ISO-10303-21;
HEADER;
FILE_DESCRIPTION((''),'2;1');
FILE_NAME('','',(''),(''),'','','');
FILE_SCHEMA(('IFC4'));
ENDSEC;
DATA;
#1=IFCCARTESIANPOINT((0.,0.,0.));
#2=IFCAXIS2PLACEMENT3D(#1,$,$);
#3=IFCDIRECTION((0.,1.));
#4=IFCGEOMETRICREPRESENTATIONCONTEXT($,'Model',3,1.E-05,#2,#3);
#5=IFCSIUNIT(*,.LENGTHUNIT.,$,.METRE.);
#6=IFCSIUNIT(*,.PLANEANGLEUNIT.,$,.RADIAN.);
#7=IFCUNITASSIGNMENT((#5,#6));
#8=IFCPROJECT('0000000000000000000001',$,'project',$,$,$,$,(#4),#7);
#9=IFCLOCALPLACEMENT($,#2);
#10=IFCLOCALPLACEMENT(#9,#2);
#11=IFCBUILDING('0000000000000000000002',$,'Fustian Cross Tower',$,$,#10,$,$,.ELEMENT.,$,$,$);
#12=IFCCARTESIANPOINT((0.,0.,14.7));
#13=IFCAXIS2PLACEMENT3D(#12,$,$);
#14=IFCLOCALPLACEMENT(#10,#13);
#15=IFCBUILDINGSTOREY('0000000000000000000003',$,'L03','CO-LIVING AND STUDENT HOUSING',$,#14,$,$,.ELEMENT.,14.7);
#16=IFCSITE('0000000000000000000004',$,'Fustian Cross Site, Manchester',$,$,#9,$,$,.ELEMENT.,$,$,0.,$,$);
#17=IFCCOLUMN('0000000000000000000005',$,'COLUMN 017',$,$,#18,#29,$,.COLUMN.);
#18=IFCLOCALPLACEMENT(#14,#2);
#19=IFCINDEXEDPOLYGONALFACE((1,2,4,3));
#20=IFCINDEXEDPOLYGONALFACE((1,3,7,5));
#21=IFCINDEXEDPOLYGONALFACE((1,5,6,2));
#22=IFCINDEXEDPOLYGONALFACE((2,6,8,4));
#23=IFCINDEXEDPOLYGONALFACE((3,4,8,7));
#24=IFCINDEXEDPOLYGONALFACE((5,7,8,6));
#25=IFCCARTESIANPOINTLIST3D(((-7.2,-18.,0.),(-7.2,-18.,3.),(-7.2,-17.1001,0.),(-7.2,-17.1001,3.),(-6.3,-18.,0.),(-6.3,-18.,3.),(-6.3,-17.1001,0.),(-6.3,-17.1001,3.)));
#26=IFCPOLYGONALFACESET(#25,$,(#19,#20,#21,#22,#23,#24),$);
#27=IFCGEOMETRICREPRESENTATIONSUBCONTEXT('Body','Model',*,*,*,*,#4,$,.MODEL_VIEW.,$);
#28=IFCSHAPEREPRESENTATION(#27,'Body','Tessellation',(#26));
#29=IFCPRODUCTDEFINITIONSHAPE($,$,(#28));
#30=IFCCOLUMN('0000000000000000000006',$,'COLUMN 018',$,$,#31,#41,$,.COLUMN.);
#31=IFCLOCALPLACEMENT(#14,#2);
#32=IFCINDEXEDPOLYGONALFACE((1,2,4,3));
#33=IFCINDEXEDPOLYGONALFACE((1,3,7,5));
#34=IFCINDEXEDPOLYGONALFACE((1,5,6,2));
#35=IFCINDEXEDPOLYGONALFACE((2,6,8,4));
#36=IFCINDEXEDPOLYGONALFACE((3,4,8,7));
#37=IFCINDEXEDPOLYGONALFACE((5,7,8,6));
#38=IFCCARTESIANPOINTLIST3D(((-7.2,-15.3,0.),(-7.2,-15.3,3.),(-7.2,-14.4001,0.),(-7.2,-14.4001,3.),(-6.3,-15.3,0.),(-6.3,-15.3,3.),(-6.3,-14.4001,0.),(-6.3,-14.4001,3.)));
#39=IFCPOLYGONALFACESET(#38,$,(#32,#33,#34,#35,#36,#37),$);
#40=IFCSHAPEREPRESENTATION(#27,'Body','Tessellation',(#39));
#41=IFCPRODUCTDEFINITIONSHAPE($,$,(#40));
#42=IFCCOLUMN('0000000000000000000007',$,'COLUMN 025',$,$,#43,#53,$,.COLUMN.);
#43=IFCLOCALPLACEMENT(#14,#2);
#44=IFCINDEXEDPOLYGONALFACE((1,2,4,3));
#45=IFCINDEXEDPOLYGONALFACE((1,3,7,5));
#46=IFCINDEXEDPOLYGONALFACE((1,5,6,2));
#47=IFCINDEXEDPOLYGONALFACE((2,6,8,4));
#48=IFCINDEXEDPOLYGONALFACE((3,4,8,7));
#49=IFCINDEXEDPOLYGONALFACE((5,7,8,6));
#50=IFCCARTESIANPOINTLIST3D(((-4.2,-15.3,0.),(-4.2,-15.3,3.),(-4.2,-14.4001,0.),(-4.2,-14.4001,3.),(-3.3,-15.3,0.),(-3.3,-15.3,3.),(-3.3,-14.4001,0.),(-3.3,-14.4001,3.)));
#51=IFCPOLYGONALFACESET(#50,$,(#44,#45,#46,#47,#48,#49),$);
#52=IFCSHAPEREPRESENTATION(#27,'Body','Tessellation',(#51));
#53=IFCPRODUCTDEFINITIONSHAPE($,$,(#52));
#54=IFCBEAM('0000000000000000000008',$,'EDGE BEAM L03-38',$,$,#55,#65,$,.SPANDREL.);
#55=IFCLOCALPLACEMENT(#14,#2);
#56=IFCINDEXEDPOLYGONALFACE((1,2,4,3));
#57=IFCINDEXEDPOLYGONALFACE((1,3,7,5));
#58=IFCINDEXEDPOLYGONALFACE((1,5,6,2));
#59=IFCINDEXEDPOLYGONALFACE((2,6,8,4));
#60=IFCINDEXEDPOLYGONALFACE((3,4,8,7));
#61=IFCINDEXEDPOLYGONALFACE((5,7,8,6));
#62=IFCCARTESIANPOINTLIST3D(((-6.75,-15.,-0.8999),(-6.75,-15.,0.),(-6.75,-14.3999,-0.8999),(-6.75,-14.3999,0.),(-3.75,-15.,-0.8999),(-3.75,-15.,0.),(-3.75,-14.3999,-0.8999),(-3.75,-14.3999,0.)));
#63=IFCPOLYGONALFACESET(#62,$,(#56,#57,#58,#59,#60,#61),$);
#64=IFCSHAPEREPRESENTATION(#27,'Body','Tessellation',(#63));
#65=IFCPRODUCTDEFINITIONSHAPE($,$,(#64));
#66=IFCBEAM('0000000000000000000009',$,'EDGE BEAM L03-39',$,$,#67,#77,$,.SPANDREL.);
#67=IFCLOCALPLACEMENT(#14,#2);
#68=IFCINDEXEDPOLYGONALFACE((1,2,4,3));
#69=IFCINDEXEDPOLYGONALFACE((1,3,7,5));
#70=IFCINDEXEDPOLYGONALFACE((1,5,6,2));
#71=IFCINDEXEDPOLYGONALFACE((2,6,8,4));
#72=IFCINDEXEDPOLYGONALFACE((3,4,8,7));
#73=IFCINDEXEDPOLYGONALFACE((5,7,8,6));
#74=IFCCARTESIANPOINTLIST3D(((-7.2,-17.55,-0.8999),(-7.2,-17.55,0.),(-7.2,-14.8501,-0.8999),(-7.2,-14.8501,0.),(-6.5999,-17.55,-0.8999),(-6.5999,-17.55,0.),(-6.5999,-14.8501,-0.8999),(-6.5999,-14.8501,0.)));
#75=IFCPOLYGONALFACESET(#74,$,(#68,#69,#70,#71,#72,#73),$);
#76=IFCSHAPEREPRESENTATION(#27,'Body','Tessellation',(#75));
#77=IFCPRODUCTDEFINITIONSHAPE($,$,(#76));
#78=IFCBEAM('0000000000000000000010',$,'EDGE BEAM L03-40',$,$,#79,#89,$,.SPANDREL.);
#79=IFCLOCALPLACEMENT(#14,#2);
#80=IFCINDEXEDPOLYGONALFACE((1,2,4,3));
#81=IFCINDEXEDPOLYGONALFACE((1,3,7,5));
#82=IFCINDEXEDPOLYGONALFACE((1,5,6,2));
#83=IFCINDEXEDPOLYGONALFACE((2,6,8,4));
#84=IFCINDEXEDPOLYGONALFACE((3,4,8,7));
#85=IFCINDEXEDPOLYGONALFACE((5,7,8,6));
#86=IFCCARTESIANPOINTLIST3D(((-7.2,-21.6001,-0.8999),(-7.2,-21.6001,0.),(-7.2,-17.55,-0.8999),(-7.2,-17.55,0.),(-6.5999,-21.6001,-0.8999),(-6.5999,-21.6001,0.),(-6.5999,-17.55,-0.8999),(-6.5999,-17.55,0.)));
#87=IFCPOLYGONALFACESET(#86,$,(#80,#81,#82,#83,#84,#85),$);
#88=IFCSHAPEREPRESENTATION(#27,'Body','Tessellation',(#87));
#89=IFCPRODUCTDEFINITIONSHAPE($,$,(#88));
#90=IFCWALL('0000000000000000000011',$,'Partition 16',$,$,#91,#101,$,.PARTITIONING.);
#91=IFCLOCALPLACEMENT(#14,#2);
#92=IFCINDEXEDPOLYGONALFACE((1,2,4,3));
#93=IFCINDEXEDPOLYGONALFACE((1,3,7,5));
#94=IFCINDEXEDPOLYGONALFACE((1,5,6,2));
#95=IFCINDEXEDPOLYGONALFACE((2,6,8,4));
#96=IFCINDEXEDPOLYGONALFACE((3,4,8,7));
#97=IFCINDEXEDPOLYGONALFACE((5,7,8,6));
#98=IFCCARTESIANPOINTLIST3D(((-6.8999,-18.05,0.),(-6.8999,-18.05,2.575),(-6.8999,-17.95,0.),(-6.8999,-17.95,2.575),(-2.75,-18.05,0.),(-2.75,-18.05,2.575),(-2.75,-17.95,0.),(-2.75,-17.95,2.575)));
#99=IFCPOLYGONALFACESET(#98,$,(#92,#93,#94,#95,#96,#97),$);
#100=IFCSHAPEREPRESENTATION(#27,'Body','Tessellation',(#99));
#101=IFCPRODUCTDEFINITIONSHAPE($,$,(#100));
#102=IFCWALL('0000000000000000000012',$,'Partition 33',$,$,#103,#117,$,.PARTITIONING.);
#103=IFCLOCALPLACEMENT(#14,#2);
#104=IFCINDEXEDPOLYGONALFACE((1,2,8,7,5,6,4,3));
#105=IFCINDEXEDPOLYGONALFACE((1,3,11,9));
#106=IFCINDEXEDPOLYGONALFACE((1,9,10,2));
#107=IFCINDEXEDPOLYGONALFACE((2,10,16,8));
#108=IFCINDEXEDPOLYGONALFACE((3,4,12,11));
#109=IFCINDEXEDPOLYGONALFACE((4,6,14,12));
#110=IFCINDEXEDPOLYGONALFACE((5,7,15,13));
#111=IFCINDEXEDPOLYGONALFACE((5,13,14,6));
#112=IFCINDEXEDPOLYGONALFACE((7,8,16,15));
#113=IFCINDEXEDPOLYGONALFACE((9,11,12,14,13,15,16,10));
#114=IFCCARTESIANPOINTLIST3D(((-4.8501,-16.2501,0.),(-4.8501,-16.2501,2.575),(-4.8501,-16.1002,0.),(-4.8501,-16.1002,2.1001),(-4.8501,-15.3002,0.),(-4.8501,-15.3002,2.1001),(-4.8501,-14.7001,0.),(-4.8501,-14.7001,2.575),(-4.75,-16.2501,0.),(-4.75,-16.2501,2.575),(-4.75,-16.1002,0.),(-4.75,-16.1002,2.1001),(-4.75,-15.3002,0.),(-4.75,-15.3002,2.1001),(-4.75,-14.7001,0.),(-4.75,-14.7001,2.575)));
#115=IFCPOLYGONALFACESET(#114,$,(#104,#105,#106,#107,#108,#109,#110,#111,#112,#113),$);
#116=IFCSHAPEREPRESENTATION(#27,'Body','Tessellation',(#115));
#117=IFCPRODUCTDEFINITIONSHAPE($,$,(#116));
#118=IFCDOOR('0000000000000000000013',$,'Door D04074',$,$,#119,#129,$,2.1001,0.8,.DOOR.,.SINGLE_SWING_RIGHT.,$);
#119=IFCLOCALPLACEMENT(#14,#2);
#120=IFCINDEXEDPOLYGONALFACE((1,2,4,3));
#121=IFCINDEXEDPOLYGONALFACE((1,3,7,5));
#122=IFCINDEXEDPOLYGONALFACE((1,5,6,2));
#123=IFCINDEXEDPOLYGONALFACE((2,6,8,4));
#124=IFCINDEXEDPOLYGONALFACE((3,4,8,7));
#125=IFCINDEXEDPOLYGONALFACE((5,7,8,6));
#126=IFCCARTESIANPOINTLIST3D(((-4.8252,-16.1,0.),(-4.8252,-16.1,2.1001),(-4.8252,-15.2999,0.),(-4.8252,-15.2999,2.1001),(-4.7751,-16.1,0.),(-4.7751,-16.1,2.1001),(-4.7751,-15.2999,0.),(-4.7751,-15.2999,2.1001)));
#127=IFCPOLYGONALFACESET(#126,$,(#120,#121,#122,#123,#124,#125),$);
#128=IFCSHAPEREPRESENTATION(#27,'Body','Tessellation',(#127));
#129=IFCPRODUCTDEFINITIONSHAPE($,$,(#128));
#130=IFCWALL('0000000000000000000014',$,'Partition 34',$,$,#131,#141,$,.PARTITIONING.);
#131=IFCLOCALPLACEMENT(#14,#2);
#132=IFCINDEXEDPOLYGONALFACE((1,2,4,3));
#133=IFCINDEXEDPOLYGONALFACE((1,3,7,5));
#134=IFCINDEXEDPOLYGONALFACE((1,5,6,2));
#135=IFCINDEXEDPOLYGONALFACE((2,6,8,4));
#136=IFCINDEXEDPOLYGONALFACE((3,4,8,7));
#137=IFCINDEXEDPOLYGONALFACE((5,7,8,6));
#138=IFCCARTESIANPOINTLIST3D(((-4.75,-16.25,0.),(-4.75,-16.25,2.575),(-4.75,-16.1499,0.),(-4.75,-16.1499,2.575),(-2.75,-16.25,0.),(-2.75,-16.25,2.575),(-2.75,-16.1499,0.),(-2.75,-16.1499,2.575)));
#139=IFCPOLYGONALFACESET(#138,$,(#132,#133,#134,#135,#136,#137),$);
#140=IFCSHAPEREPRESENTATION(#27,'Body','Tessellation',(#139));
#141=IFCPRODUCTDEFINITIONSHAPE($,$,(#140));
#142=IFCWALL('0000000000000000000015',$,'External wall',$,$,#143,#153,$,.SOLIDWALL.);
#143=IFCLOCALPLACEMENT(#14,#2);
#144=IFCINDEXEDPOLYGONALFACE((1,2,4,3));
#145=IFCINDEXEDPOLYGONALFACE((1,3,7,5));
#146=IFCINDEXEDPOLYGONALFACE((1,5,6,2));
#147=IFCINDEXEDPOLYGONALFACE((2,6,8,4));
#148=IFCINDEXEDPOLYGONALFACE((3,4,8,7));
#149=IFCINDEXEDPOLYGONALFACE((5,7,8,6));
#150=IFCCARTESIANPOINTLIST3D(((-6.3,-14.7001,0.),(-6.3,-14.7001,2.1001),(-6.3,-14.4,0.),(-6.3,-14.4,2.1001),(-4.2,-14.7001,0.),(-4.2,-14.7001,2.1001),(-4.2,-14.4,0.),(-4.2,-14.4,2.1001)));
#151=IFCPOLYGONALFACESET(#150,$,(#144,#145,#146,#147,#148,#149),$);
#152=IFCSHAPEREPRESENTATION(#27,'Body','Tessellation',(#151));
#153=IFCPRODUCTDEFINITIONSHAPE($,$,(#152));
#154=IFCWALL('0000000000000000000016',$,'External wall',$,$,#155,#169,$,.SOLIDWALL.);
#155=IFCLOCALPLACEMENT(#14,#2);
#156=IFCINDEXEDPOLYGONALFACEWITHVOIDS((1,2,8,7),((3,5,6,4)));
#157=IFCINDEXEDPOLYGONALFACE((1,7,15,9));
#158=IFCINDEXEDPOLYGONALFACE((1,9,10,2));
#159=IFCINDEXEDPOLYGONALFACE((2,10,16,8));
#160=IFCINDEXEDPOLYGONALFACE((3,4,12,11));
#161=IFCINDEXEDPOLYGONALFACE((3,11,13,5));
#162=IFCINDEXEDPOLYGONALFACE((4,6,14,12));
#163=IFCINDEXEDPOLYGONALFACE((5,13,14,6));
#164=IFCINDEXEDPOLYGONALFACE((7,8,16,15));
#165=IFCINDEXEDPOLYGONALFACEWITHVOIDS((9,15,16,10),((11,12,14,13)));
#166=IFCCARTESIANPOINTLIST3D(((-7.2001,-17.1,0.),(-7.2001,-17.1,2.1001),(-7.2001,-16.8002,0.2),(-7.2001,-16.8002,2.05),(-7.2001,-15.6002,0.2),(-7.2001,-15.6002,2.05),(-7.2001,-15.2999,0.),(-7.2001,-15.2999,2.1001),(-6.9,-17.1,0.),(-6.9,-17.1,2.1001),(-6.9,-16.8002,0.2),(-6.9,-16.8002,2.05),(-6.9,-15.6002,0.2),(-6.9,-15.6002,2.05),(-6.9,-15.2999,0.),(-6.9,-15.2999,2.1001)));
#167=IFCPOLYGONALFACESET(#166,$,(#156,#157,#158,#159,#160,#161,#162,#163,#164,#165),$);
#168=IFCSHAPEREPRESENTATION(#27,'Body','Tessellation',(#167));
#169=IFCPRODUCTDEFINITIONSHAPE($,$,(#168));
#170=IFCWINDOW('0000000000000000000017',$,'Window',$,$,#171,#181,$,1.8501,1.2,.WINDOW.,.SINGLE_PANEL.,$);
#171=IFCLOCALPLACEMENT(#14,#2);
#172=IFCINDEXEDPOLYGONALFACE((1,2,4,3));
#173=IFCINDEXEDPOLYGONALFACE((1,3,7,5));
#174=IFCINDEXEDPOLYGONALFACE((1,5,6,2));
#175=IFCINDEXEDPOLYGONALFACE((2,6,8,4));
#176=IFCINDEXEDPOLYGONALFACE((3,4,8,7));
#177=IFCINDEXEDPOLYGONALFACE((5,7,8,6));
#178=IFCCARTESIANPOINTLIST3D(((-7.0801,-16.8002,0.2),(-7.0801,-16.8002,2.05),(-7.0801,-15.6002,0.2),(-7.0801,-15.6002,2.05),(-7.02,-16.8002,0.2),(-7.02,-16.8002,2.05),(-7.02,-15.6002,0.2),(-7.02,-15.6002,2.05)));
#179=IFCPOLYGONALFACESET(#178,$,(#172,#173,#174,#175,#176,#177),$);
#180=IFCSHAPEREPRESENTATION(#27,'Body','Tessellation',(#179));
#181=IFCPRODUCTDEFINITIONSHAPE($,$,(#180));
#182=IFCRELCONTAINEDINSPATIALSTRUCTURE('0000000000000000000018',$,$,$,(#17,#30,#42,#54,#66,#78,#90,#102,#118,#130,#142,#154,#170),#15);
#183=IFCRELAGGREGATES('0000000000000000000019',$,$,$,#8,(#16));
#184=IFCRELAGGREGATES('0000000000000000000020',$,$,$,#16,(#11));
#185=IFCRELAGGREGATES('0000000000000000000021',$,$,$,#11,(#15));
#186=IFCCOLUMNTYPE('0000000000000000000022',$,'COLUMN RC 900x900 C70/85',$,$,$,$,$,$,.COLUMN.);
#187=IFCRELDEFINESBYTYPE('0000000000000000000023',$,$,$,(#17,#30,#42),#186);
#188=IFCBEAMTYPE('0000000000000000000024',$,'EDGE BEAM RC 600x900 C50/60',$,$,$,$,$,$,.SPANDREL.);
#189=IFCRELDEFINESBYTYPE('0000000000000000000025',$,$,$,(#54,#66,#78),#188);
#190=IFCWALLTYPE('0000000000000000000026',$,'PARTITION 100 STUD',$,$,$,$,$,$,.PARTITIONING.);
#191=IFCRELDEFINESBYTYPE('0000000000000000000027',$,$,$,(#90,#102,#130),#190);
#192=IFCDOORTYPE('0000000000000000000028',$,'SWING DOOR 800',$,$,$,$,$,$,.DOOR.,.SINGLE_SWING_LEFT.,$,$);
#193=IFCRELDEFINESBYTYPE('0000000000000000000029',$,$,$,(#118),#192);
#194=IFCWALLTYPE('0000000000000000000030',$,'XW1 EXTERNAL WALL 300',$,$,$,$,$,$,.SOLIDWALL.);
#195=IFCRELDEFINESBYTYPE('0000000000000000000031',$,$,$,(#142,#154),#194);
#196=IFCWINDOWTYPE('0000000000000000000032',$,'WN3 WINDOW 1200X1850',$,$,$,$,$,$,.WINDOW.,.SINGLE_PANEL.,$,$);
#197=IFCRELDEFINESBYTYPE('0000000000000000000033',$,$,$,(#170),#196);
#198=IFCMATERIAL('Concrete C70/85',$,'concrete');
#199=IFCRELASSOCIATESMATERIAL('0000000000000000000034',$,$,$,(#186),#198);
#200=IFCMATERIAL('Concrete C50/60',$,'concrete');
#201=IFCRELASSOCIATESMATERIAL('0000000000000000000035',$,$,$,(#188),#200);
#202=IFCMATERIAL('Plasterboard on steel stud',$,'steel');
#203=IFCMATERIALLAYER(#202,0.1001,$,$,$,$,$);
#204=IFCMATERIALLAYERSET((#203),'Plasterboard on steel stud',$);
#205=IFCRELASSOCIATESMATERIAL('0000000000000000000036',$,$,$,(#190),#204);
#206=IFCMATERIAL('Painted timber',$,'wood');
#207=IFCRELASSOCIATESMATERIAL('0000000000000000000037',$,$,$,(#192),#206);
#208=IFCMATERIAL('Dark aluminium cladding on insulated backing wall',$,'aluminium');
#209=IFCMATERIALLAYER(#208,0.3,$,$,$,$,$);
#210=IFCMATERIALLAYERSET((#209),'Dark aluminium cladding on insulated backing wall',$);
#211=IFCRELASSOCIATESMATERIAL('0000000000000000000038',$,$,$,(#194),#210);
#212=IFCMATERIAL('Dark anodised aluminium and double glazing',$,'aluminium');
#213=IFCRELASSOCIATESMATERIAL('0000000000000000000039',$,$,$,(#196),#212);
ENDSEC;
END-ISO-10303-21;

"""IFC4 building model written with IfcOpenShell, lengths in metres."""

from ifc_helpers import new_model, si_unit, direction, frame, frame_2d, origin, origin_2d, place, context, subcontext, project, spatial, rectangle, extrude, material, layer, layer_set, material_profile, profile_set, type_object, element, fill, save


model = new_model("IFC4")

# Units and contexts
model_context = context("Model", 3, precision=1e-05, world=origin(), true_north=direction((0.0, 1.0)))
body_context = subcontext(model_context, "Body", "Model", "MODEL_VIEW")
ifc_project = project(units=[si_unit("LENGTHUNIT", "METRE"), si_unit("PLANEANGLEUNIT", "RADIAN")], contexts=[model_context])

# Site, building, storey
site_placement = place(None, origin())
site = spatial("IfcSite", under=ifc_project, at=site_placement, Name="Fustian Cross Site, Manchester", CompositionType="ELEMENT", RefElevation=0.0)
building_placement = place(site_placement, origin())
building = spatial("IfcBuilding", under=site, at=building_placement, Name="Fustian Cross Tower", CompositionType="ELEMENT")
storey_placement = place(building_placement, frame((0.0, 0.0, 14.7)))
storey = spatial("IfcBuildingStorey", under=building, at=storey_placement, Name="L03", Description="CO-LIVING AND STUDENT HOUSING", CompositionType="ELEMENT", Elevation=14.7)

# Columns
ifc_material_1 = material(Name="Concrete C70/85", Category="concrete")
ifc_material_profile_1 = material_profile(ifc_material_1, rectangle(XDim=0.8999, YDim=0.8999, at=origin_2d()), Name="RC 900x900")
ifc_profile_set_1 = profile_set([ifc_material_profile_1], Name="Concrete C70/85")
column_type = type_object("IfcColumnType", Name="COLUMN RC 900x900 C70/85", PredefinedType="COLUMN", material=ifc_profile_set_1)
for number, where, z_axis, x_axis, name in (
    (1, (-6.75, -17.55, 0.0), (0.0, 0.0, 1.0), (1.0, 0.0, 0.0), "COLUMN 017"),
    (2, (-6.75, -14.8501, 0.0), (0.0, 0.0, 1.0), (1.0, 0.0, 0.0), "COLUMN 018"),
    (3, (-3.75, -14.8501, 0.0), (0.0, 0.0, 1.0), (1.0, 0.0, 0.0), "COLUMN 025"),
):
    element("IfcColumn", number, at=place(storey_placement, frame(where, z_axis=z_axis, x_axis=x_axis)), inside=storey, type_object=column_type, Name=name, PredefinedType="COLUMN", context=body_context, shape_type="SweptSolid", body=[
        extrude(rectangle(XDim=0.8999, YDim=0.8999, at=origin_2d()), origin(), (0.0, 0.0, 1.0), 3.0),
    ])

# Beams
ifc_material_2 = material(Name="Concrete C50/60", Category="concrete")
ifc_material_profile_2 = material_profile(ifc_material_2, rectangle(XDim=0.6001, YDim=0.8999, at=origin_2d()), Name="RC 600x900")
ifc_profile_set_2 = profile_set([ifc_material_profile_2], Name="Concrete C50/60")
beam_type = type_object("IfcBeamType", Name="EDGE BEAM RC 600x900 C50/60", PredefinedType="SPANDREL", material=ifc_profile_set_2)
beam_1_placement = place(storey_placement, frame((-3.75, -14.7, -0.45), z_axis=(-1.0, 0.0, 0.0), x_axis=(0.0, -1.0, 0.0)))
element("IfcBeam", 4, at=beam_1_placement, inside=storey, type_object=beam_type, Name="EDGE BEAM L03-38", PredefinedType="SPANDREL", context=body_context, shape_type="SweptSolid", body=[
    extrude(rectangle(XDim=0.6001, YDim=0.8999, at=origin_2d()), origin(), (0.0, 0.0, 1.0), 3.0),
])
beam_2_placement = place(storey_placement, frame((-6.8999, -14.8501, -0.45), z_axis=(0.0, -1.0, 0.0), x_axis=(1.0, 0.0, 0.0)))
element("IfcBeam", 5, at=beam_2_placement, inside=storey, type_object=beam_type, Name="EDGE BEAM L03-39", PredefinedType="SPANDREL", context=body_context, shape_type="SweptSolid", body=[
    extrude(rectangle(XDim=0.6001, YDim=0.8999, at=origin_2d()), origin(), (0.0, 0.0, 1.0), 2.7),
])
beam_3_placement = place(storey_placement, frame((-6.8999, -17.55, -0.45), z_axis=(0.0, -1.0, 0.0), x_axis=(1.0, 0.0, 0.0)))
element("IfcBeam", 6, at=beam_3_placement, inside=storey, type_object=beam_type, Name="EDGE BEAM L03-40", PredefinedType="SPANDREL", context=body_context, shape_type="SweptSolid", body=[
    extrude(rectangle(XDim=0.6001, YDim=0.8999, at=origin_2d()), origin(), (0.0, 0.0, 1.0), 4.05),
])

# Wall
ifc_material_3 = material(Name="Plasterboard on steel stud", Category="steel")
ifc_layer_1 = layer(ifc_material_3, 0.1001)
ifc_layer_set_1 = layer_set([ifc_layer_1], Name="Plasterboard on steel stud")
wall_type_1 = type_object("IfcWallType", Name="PARTITION 100 STUD", PredefinedType="PARTITIONING", material=ifc_layer_set_1)
wall_1_placement = place(storey_placement, frame((-6.8999, -18.0, 0.0), z_axis=(0.0, 0.0, 1.0), x_axis=(1.0, 0.0, 0.0)))
element("IfcWall", 7, at=wall_1_placement, inside=storey, type_object=wall_type_1, Name="Partition 16", PredefinedType="PARTITIONING", context=body_context, shape_type="SweptSolid", body=[
    extrude(rectangle(XDim=4.1499, YDim=0.1001, at=frame_2d((2.075, 0.0))), origin(), (0.0, 0.0, 1.0), 2.575),
])

# Wall, opening, door
wall_2_placement = place(storey_placement, frame((-4.8, -16.25, 0.0), z_axis=(0.0, 0.0, 1.0), x_axis=(0.0, 1.0, 0.0)))
wall_2 = element("IfcWall", 8, at=wall_2_placement, inside=storey, type_object=wall_type_1, Name="Partition 33", PredefinedType="PARTITIONING", context=body_context, shape_type="SweptSolid", body=[
    extrude(rectangle(XDim=1.55, YDim=0.1001, at=frame_2d((0.7749, 0.0))), origin(), (0.0, 0.0, 1.0), 2.575),
])
opening_1_placement = place(wall_2_placement, frame((0.1499, 0.0, 0.0)))
opening_1 = element("IfcOpeningElement", 9, at=opening_1_placement, cuts=wall_2, PredefinedType="OPENING", context=body_context, shape_type="SweptSolid", body=[
    extrude(rectangle(XDim=0.8, YDim=2.1001, at=frame_2d((0.3999, 1.05))), frame((0.0, 0.0601, 0.0), z_axis=(0.0, -1.0, 0.0), x_axis=(1.0, 0.0, 0.0)), (0.0, 0.0, 1.0), 0.1201),
])
ifc_material_4 = material(Name="Painted timber", Category="wood")
door_type = type_object("IfcDoorType", Name="SWING DOOR 800", OperationType="SINGLE_SWING_LEFT", PredefinedType="DOOR", material=ifc_material_4)
door_placement = place(opening_1_placement, frame((0.8, 0.0, 0.0), z_axis=(0.0, 0.0, 1.0), x_axis=(-1.0, 0.0, 0.0)))
door = element("IfcDoor", 10, at=door_placement, inside=storey, type_object=door_type, Name="Door D04074", OperationType="SINGLE_SWING_RIGHT", OverallHeight=2.1001, OverallWidth=0.8, PredefinedType="DOOR", context=body_context, shape_type="SweptSolid", body=[
    extrude(rectangle(XDim=0.8, YDim=2.1001, at=frame_2d((0.3999, 1.05))), frame((0.0, 0.0249, 0.0), z_axis=(0.0, -1.0, 0.0), x_axis=(1.0, 0.0, 0.0)), (0.0, 0.0, 1.0), 0.05),
])
fill(opening_1, door)

# Walls
wall_3_placement = place(storey_placement, frame((-4.75, -16.2, 0.0), z_axis=(0.0, 0.0, 1.0), x_axis=(1.0, 0.0, 0.0)))
element("IfcWall", 11, at=wall_3_placement, inside=storey, type_object=wall_type_1, Name="Partition 34", PredefinedType="PARTITIONING", context=body_context, shape_type="SweptSolid", body=[
    extrude(rectangle(XDim=2.0, YDim=0.1001, at=frame_2d((1.0, 0.0))), origin(), (0.0, 0.0, 1.0), 2.575),
])
ifc_material_5 = material(Name="Dark aluminium cladding on insulated backing wall", Category="aluminium")
ifc_layer_2 = layer(ifc_material_5, 0.3)
ifc_layer_set_2 = layer_set([ifc_layer_2], Name="Dark aluminium cladding on insulated backing wall")
wall_type_2 = type_object("IfcWallType", Name="XW1 EXTERNAL WALL 300", PredefinedType="SOLIDWALL", material=ifc_layer_set_2)
wall_4_placement = place(storey_placement, frame((-4.2, -14.55, 0.0), z_axis=(0.0, 0.0, 1.0), x_axis=(-1.0, 0.0, 0.0)))
element("IfcWall", 12, at=wall_4_placement, inside=storey, type_object=wall_type_2, Name="External wall", PredefinedType="SOLIDWALL", context=body_context, shape_type="SweptSolid", body=[
    extrude(rectangle(XDim=2.1001, YDim=0.3, at=frame_2d((1.05, 0.0))), origin(), (0.0, 0.0, 1.0), 2.1001),
])

# Wall, opening, window
wall_5_placement = place(storey_placement, frame((-7.05, -15.3, 0.0), z_axis=(0.0, 0.0, 1.0), x_axis=(0.0, -1.0, 0.0)))
wall_5 = element("IfcWall", 13, at=wall_5_placement, inside=storey, type_object=wall_type_2, Name="External wall", PredefinedType="SOLIDWALL", context=body_context, shape_type="SweptSolid", body=[
    extrude(rectangle(XDim=1.8, YDim=0.3, at=frame_2d((0.8999, 0.0))), origin(), (0.0, 0.0, 1.0), 2.1001),
])
opening_2_placement = place(wall_5_placement, frame((0.3, 0.0, 0.2)))
opening_2 = element("IfcOpeningElement", 14, at=opening_2_placement, cuts=wall_5, PredefinedType="OPENING", context=body_context, shape_type="SweptSolid", body=[
    extrude(rectangle(XDim=1.2, YDim=1.8501, at=frame_2d((0.6001, 0.925))), frame((0.0, 0.1599, 0.0), z_axis=(0.0, -1.0, 0.0), x_axis=(1.0, 0.0, 0.0)), (0.0, 0.0, 1.0), 0.3201),
])
ifc_material_6 = material(Name="Dark anodised aluminium and double glazing", Category="aluminium")
window_type = type_object("IfcWindowType", Name="WN3 WINDOW 1200X1850", PartitioningType="SINGLE_PANEL", PredefinedType="WINDOW", material=ifc_material_6)
window_1_placement = place(opening_2_placement, origin())
window_1 = element("IfcWindow", 15, at=window_1_placement, inside=storey, type_object=window_type, Name="Window", OverallHeight=1.8501, OverallWidth=1.2, PartitioningType="SINGLE_PANEL", PredefinedType="WINDOW", context=body_context, shape_type="SweptSolid", body=[
    extrude(rectangle(XDim=1.2, YDim=1.8501, at=frame_2d((0.6001, 0.925))), frame((0.0, 0.03, 0.0), z_axis=(0.0, -1.0, 0.0), x_axis=(1.0, 0.0, 0.0)), (0.0, 0.0, 1.0), 0.0601),
])
fill(opening_2, window_1)

save(model, "model.ifc")
